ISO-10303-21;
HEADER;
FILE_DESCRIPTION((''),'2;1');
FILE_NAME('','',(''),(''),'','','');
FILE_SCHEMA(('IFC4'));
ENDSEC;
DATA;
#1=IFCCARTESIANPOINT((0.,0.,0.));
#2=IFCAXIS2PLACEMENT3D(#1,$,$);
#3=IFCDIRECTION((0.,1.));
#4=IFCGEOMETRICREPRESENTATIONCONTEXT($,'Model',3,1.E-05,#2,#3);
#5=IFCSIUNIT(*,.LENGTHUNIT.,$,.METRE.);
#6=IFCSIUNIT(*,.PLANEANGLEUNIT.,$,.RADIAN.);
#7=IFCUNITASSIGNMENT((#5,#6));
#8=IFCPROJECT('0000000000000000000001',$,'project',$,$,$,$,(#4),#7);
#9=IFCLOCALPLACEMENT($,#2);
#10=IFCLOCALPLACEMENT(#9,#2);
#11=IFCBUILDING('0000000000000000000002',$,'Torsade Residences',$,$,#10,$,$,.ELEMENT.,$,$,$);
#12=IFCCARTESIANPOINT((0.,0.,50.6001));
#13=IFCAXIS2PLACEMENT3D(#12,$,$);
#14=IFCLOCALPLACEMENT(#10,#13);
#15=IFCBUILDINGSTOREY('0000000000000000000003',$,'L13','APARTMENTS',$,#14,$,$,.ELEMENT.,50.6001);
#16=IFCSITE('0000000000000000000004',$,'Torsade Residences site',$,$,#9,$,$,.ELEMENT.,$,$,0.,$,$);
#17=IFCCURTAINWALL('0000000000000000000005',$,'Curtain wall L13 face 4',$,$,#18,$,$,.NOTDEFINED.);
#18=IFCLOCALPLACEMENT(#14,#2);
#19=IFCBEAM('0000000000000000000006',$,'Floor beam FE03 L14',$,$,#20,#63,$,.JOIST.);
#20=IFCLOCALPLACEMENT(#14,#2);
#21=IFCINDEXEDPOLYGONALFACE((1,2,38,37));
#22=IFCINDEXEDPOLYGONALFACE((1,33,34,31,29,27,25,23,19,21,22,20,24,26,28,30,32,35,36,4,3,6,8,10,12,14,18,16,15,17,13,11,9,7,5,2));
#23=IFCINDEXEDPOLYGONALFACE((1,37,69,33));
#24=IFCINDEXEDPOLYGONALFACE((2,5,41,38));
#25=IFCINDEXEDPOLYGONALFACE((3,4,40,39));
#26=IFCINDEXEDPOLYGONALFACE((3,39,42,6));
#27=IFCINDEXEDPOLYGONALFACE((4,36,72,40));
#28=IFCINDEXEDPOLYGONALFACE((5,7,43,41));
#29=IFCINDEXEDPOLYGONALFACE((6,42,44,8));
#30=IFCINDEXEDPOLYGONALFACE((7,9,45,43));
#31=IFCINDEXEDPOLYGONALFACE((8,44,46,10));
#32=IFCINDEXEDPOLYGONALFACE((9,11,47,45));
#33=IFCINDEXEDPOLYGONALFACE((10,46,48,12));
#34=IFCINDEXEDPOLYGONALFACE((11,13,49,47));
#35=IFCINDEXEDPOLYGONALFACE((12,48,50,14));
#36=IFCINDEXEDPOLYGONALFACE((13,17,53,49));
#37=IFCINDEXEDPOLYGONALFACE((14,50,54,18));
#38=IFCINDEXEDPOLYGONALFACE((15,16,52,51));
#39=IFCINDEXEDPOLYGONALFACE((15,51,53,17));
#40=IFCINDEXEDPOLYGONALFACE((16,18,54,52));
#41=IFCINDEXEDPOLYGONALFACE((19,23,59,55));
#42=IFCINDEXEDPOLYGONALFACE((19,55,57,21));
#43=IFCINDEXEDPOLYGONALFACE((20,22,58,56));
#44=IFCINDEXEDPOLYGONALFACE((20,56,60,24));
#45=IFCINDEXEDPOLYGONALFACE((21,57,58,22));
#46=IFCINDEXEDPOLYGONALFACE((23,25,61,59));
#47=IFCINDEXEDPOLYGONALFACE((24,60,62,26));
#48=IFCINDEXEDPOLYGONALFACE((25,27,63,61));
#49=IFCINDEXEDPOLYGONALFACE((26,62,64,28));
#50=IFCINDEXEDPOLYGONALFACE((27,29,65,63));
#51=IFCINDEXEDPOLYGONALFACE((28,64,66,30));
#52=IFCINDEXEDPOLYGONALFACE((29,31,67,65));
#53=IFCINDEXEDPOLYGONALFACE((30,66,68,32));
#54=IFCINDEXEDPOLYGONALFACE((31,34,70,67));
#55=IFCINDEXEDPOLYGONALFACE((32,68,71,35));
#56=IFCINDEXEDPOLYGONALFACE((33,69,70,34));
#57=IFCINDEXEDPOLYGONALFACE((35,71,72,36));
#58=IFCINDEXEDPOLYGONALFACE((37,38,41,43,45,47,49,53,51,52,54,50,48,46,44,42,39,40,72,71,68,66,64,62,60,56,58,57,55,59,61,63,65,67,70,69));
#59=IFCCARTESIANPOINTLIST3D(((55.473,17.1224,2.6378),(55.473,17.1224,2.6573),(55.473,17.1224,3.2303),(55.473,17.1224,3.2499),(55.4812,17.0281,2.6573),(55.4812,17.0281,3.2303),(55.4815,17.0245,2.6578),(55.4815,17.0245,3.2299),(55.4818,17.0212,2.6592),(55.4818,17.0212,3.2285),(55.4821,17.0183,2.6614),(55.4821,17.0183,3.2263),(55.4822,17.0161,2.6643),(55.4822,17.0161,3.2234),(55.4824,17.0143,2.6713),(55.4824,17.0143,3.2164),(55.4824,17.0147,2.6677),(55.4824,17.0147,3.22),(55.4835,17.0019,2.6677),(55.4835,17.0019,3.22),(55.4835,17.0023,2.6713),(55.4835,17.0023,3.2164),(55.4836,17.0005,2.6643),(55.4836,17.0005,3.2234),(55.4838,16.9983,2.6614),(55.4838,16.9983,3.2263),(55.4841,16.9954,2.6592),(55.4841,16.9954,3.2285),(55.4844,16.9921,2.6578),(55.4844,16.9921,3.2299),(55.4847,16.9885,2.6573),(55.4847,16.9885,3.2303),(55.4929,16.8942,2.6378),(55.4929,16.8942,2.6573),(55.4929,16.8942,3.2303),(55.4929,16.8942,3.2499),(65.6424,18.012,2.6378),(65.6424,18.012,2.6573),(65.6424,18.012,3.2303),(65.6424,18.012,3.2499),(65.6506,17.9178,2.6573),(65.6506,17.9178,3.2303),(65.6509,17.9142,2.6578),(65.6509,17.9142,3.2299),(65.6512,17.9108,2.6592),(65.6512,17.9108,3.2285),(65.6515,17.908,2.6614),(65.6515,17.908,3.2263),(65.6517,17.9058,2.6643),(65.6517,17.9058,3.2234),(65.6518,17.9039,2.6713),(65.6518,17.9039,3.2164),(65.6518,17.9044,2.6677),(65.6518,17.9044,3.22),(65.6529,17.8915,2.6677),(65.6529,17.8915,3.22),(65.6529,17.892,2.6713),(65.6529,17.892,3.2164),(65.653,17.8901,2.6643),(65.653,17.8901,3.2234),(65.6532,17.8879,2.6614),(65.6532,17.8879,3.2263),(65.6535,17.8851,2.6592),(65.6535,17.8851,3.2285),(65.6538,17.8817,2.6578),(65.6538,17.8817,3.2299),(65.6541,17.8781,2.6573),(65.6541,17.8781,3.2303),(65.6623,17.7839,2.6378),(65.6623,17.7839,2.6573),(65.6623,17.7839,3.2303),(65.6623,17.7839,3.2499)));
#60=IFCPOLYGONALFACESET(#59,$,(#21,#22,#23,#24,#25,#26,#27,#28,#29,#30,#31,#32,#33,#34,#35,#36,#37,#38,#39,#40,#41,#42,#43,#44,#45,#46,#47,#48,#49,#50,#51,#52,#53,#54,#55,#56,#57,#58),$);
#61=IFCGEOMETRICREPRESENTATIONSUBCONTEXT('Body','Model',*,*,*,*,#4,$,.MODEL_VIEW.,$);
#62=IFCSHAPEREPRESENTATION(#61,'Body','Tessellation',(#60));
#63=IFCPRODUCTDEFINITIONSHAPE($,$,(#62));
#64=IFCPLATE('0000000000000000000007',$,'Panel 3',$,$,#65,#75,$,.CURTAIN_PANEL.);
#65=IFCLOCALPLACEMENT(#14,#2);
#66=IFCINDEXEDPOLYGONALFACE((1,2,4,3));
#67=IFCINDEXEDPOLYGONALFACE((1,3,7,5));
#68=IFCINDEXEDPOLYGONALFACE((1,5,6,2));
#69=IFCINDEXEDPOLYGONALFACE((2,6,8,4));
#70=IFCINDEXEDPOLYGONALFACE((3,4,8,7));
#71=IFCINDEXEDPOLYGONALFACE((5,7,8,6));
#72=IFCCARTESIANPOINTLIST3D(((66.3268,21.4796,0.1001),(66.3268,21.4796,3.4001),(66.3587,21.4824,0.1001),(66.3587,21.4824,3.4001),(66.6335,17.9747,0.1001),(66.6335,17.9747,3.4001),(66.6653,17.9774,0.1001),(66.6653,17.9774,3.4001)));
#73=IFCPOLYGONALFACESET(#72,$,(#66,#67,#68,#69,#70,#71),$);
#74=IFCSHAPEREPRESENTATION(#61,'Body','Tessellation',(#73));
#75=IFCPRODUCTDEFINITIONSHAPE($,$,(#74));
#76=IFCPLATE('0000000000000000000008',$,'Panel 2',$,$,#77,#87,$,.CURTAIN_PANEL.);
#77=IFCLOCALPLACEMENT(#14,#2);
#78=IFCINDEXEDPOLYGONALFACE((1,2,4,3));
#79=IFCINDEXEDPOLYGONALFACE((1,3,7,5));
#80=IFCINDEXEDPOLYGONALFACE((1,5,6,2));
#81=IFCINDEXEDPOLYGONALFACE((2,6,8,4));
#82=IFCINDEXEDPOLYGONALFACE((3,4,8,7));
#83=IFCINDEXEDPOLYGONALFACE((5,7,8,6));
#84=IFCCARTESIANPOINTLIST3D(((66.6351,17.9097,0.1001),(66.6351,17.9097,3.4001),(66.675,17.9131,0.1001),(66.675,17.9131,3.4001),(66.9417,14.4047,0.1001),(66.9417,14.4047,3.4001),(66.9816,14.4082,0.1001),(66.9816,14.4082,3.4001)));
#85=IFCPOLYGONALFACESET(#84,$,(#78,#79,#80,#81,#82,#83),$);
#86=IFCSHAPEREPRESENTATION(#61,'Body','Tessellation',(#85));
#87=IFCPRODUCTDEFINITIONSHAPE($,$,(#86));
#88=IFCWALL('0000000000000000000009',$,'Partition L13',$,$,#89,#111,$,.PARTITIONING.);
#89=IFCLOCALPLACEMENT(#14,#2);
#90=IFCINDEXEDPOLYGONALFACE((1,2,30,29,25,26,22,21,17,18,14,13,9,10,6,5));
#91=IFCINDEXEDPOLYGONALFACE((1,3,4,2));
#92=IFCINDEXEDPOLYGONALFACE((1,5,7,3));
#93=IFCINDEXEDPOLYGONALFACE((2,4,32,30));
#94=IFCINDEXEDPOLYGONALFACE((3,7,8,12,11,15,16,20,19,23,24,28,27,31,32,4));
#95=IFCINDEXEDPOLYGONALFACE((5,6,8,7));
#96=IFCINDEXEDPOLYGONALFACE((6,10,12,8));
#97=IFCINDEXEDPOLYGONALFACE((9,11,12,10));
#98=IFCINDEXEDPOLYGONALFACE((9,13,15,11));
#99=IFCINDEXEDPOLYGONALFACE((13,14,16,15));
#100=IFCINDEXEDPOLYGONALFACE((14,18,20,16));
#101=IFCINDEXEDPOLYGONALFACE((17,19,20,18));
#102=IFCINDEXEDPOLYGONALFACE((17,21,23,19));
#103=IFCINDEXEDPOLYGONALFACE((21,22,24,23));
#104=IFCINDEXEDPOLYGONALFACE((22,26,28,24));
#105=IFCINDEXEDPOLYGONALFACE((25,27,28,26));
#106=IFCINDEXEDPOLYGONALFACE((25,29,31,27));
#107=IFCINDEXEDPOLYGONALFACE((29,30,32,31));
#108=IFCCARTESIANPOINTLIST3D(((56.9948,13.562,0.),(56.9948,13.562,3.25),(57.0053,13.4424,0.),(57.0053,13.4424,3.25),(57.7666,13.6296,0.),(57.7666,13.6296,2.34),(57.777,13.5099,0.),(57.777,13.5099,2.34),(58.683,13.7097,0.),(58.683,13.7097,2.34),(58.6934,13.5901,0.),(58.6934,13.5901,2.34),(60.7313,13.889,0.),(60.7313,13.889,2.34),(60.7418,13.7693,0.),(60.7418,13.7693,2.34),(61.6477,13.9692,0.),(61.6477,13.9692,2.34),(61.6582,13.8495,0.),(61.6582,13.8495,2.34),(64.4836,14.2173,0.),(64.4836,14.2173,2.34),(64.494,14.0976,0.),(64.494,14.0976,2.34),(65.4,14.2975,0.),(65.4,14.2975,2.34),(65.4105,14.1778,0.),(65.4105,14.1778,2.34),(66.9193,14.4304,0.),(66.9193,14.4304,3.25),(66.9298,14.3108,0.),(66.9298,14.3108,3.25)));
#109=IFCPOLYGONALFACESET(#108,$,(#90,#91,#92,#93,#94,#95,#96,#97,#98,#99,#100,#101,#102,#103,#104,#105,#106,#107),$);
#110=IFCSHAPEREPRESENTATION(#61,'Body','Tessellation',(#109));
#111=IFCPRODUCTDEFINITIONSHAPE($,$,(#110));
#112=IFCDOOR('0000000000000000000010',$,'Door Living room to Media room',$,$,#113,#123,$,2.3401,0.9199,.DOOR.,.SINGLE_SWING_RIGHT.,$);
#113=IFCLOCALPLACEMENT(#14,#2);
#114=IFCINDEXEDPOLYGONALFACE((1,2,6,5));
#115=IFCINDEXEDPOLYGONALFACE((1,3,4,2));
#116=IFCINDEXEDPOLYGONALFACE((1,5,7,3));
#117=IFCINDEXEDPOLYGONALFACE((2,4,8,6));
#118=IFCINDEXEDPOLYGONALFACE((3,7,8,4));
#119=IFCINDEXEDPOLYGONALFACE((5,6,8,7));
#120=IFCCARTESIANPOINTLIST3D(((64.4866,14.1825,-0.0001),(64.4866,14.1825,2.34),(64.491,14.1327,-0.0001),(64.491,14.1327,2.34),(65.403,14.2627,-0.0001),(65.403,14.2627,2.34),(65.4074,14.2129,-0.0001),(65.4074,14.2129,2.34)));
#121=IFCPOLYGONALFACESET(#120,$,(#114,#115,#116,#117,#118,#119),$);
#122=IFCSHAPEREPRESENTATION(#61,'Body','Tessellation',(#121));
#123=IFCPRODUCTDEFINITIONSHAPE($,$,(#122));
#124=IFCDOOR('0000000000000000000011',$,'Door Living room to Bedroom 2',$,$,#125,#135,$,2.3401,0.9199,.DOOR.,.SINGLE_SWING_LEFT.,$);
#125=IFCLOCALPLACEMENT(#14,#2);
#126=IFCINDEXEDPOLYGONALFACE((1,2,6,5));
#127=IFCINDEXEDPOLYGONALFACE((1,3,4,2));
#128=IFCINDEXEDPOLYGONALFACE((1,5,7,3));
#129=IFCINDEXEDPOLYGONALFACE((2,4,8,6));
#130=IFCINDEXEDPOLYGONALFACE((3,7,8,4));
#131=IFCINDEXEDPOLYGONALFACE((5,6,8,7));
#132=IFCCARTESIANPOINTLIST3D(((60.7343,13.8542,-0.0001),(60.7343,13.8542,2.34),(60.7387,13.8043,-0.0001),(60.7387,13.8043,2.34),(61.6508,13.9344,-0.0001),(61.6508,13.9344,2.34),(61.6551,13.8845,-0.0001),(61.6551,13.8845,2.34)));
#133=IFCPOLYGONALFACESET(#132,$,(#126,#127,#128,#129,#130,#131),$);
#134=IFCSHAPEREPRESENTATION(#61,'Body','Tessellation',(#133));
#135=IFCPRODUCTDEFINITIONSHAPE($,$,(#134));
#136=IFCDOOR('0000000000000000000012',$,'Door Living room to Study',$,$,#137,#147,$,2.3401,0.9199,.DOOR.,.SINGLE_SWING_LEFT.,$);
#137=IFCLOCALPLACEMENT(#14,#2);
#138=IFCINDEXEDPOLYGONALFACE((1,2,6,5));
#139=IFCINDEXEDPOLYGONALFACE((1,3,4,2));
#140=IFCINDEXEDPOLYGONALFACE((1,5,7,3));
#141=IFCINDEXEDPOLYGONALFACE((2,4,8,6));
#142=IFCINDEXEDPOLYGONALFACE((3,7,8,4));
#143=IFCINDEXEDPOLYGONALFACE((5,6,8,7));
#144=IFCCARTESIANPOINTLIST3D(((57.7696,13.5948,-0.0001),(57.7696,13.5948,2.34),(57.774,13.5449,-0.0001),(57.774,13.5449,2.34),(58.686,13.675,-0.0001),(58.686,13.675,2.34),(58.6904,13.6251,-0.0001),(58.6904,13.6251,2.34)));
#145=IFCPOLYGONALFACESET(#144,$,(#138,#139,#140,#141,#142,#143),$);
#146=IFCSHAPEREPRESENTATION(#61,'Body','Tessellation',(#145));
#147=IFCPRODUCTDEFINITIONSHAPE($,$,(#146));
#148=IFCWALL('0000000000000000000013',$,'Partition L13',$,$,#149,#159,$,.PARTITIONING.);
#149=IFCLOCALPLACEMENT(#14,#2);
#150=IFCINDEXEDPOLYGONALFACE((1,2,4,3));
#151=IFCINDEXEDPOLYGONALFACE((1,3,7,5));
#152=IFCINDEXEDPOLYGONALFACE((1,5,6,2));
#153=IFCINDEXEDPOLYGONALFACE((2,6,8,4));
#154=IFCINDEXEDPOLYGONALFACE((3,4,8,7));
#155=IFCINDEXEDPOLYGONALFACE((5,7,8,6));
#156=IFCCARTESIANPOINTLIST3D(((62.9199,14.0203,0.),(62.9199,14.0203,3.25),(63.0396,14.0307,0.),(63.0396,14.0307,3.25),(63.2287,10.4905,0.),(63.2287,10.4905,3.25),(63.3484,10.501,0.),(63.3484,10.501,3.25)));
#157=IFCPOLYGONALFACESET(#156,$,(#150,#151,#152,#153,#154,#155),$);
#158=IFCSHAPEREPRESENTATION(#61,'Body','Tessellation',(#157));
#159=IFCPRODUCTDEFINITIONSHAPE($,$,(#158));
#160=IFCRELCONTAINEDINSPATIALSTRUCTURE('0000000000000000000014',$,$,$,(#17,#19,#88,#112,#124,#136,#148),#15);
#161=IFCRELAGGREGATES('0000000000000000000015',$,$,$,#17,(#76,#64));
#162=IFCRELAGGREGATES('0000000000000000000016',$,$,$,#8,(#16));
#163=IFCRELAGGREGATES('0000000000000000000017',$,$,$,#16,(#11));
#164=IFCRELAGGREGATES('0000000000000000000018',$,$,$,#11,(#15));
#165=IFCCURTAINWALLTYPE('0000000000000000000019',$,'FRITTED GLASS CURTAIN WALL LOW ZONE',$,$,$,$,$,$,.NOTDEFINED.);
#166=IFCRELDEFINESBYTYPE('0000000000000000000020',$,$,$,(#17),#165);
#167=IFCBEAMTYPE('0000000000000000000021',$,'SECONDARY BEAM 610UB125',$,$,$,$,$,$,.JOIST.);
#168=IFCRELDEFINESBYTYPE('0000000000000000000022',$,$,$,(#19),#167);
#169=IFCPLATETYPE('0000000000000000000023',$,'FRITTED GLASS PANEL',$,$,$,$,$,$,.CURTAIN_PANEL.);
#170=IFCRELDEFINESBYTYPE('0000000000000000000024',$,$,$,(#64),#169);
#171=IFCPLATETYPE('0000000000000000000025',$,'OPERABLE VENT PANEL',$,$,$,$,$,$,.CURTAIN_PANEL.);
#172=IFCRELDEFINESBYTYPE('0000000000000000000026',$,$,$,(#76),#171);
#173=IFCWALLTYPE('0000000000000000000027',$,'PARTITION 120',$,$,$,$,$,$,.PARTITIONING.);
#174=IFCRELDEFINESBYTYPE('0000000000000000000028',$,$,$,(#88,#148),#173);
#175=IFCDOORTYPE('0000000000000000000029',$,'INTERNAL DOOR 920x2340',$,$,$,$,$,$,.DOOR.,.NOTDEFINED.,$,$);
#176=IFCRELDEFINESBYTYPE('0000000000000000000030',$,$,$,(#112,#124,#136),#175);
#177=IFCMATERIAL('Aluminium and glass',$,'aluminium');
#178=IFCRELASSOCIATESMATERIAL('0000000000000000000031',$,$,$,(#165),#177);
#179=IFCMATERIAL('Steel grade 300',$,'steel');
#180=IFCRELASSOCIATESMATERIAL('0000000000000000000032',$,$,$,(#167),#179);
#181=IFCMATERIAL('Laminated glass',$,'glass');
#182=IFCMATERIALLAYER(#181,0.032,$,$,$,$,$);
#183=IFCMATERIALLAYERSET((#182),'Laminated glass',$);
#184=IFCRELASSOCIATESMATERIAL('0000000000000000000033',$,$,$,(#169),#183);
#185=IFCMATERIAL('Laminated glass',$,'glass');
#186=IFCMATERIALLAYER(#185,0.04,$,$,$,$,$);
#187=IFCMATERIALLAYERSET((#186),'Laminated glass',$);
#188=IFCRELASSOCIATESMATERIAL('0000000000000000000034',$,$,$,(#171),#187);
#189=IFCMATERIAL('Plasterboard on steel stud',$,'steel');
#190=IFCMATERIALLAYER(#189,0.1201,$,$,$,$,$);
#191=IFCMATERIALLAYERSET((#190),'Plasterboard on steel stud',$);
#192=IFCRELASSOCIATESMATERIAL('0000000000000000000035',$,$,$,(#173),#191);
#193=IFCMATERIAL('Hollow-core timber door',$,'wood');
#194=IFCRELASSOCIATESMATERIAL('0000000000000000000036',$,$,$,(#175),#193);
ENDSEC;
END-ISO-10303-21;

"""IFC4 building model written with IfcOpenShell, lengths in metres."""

from ifc_helpers import new_model, si_unit, direction, frame, frame_2d, origin, origin_2d, place, context, subcontext, project, spatial, rectangle, i_section, extrude, material, layer, layer_set, material_profile, profile_set, type_object, element, fill, aggregate, save


model = new_model("IFC4")

# Units and contexts
model_context = context("Model", 3, precision=1e-05, world=origin(), true_north=direction((0.0, 1.0)))
body_context = subcontext(model_context, "Body", "Model", "MODEL_VIEW")
ifc_project = project(units=[si_unit("LENGTHUNIT", "METRE"), si_unit("PLANEANGLEUNIT", "RADIAN")], contexts=[model_context])

# Site, building, storey
site_placement = place(None, origin())
site = spatial("IfcSite", under=ifc_project, at=site_placement, Name="Torsade Residences site", CompositionType="ELEMENT", RefElevation=0.0)
building_placement = place(site_placement, origin())
building = spatial("IfcBuilding", under=site, at=building_placement, Name="Torsade Residences", CompositionType="ELEMENT")
storey_placement = place(building_placement, frame((0.0, 0.0, 50.6001)))
storey = spatial("IfcBuildingStorey", under=building, at=storey_placement, Name="L13", Description="APARTMENTS", CompositionType="ELEMENT", Elevation=50.6001)

# Curtain wall
ifc_material_1 = material(Name="Aluminium and glass", Category="aluminium")
curtain_wall_type = type_object("IfcCurtainWallType", Name="FRITTED GLASS CURTAIN WALL LOW ZONE", PredefinedType="NOTDEFINED", material=ifc_material_1)
curtain_wall_placement = place(storey_placement, origin())
curtain_wall = element("IfcCurtainWall", 1, at=curtain_wall_placement, inside=storey, type_object=curtain_wall_type, Name="Curtain wall L13 face 4", PredefinedType="NOTDEFINED")

# Beam
ifc_material_2 = material(Name="Steel grade 300", Category="steel")
ifc_material_profile_1 = material_profile(ifc_material_2, i_section(OverallWidth=0.229, OverallDepth=0.6121, WebThickness=0.012, FlangeThickness=0.0195, FilletRadius=0.0139, at=origin_2d()), Name="610UB125")
ifc_profile_set_1 = profile_set([ifc_material_profile_1], Name="Steel grade 300")
beam_type_1 = type_object("IfcBeamType", Name="SECONDARY BEAM 610UB125", PredefinedType="JOIST", material=ifc_profile_set_1)
beam_1_placement = place(storey_placement, frame((65.6523, 17.8979, 2.9438), z_axis=(-0.996195, -0.08715, 0.0), x_axis=(0.08715, -0.996195, 0.0)))
element("IfcBeam", 2, at=beam_1_placement, inside=storey, type_object=beam_type_1, Name="Floor beam FE03 L14", PredefinedType="JOIST", context=body_context, shape_type="SweptSolid", body=[
    extrude(i_section(OverallWidth=0.229, OverallDepth=0.6121, WebThickness=0.012, FlangeThickness=0.0195, FilletRadius=0.0139, at=origin_2d()), origin(), (0.0, 0.0, 1.0), 10.2083),
])

# Plates
ifc_material_3 = material(Name="Laminated glass", Category="glass")
ifc_layer_1 = layer(ifc_material_3, 0.032)
ifc_layer_set_1 = layer_set([ifc_layer_1], Name="Laminated glass")
plate_type_1 = type_object("IfcPlateType", Name="FRITTED GLASS PANEL", PredefinedType="CURTAIN_PANEL", material=ifc_layer_set_1)
plate_1_placement = place(storey_placement, frame((66.4961, 19.7285, 0.1001), z_axis=(0.0, 0.0, 1.0), x_axis=(-0.087156, 0.996195, 0.0)))
plate_1 = element("IfcPlate", 3, at=plate_1_placement, type_object=plate_type_1, Name="Panel 3", PredefinedType="CURTAIN_PANEL", context=body_context, shape_type="SweptSolid", body=[
    extrude(rectangle(XDim=3.5183, YDim=0.032, at=origin_2d()), origin(), (0.0, 0.0, 1.0), 3.3),
])
ifc_material_4 = material(Name="Laminated glass", Category="glass")
ifc_layer_2 = layer(ifc_material_4, 0.04)
ifc_layer_set_2 = layer_set([ifc_layer_2], Name="Laminated glass")
plate_type_2 = type_object("IfcPlateType", Name="OPERABLE VENT PANEL", PredefinedType="CURTAIN_PANEL", material=ifc_layer_set_2)
plate_2_placement = place(storey_placement, frame((66.8083, 16.1589, 0.1001), z_axis=(0.0, 0.0, 1.0), x_axis=(-0.087156, 0.996195, 0.0)))
plate_2 = element("IfcPlate", 4, at=plate_2_placement, type_object=plate_type_2, Name="Panel 2", PredefinedType="CURTAIN_PANEL", context=body_context, shape_type="SweptSolid", body=[
    extrude(rectangle(XDim=3.5183, YDim=0.04, at=origin_2d()), origin(), (0.0, 0.0, 1.0), 3.3),
])
aggregate(curtain_wall, [plate_2, plate_1])

# Wall, openings, doors
ifc_material_5 = material(Name="Plasterboard on steel stud", Category="steel")
ifc_layer_3 = layer(ifc_material_5, 0.1201)
ifc_layer_set_3 = layer_set([ifc_layer_3], Name="Plasterboard on steel stud")
wall_type = type_object("IfcWallType", Name="PARTITION 120", PredefinedType="PARTITIONING", material=ifc_layer_set_3)
wall_1_placement = place(storey_placement, frame((66.9246, 14.3706, 0.0), z_axis=(0.0, 0.0, 1.0), x_axis=(-0.996194, -0.087168, 0.0)))
wall_1 = element("IfcWall", 5, at=wall_1_placement, inside=storey, type_object=wall_type, Name="Partition L13", PredefinedType="PARTITIONING", context=body_context, shape_type="SweptSolid", body=[
    extrude(rectangle(XDim=9.9624, YDim=0.1201, at=frame_2d((4.9812, 0.0))), origin(), (0.0, 0.0, 1.0), 3.25),
])
opening_1_placement = place(wall_1_placement, frame((1.5251, 0.0, 0.0)))
opening_1 = element("IfcOpeningElement", 6, at=opening_1_placement, cuts=wall_1, PredefinedType="OPENING", context=body_context, shape_type="SweptSolid", body=[
    extrude(rectangle(XDim=0.9199, YDim=2.3401, at=frame_2d((0.46, 1.1699))), frame((0.0, 0.0701, 0.0), z_axis=(0.0, -1.0, 0.0), x_axis=(1.0, 0.0, 0.0)), (0.0, 0.0, 1.0), 0.1401),
])
opening_2_placement = place(wall_1_placement, frame((5.2917, 0.0, 0.0)))
opening_2 = element("IfcOpeningElement", 7, at=opening_2_placement, cuts=wall_1, PredefinedType="OPENING", context=body_context, shape_type="SweptSolid", body=[
    extrude(rectangle(XDim=0.9199, YDim=2.3401, at=frame_2d((0.46, 1.1699))), frame((0.0, 0.0701, 0.0), z_axis=(0.0, -1.0, 0.0), x_axis=(1.0, 0.0, 0.0)), (0.0, 0.0, 1.0), 0.1401),
])
opening_3_placement = place(wall_1_placement, frame((8.2678, 0.0, 0.0)))
opening_3 = element("IfcOpeningElement", 8, at=opening_3_placement, cuts=wall_1, PredefinedType="OPENING", context=body_context, shape_type="SweptSolid", body=[
    extrude(rectangle(XDim=0.9199, YDim=2.3401, at=frame_2d((0.46, 1.1699))), frame((0.0, 0.0701, 0.0), z_axis=(0.0, -1.0, 0.0), x_axis=(1.0, 0.0, 0.0)), (0.0, 0.0, 1.0), 0.1401),
])
ifc_material_6 = material(Name="Hollow-core timber door", Category="wood")
door_type = type_object("IfcDoorType", Name="INTERNAL DOOR 920x2340", OperationType="NOTDEFINED", PredefinedType="DOOR", material=ifc_material_6)
door_1_placement = place(opening_1_placement, origin())
door_1 = element("IfcDoor", 9, at=door_1_placement, inside=storey, type_object=door_type, Name="Door Living room to Media room", OperationType="SINGLE_SWING_RIGHT", OverallHeight=2.3401, OverallWidth=0.9199, PredefinedType="DOOR", context=body_context, shape_type="SweptSolid", body=[
    extrude(rectangle(XDim=0.9199, YDim=2.3401, at=frame_2d((0.46, 1.1699))), frame((0.0, 0.0249, 0.0), z_axis=(0.0, -1.0, 0.0), x_axis=(1.0, 0.0, 0.0)), (0.0, 0.0, 1.0), 0.05),
])
fill(opening_1, door_1)
door_2_placement = place(opening_2_placement, origin())
door_2 = element("IfcDoor", 10, at=door_2_placement, inside=storey, type_object=door_type, Name="Door Living room to Bedroom 2", OperationType="SINGLE_SWING_LEFT", OverallHeight=2.3401, OverallWidth=0.9199, PredefinedType="DOOR", context=body_context, shape_type="SweptSolid", body=[
    extrude(rectangle(XDim=0.9199, YDim=2.3401, at=frame_2d((0.46, 1.1699))), frame((0.0, 0.0249, 0.0), z_axis=(0.0, -1.0, 0.0), x_axis=(1.0, 0.0, 0.0)), (0.0, 0.0, 1.0), 0.05),
])
fill(opening_2, door_2)
door_3_placement = place(opening_3_placement, origin())
door_3 = element("IfcDoor", 11, at=door_3_placement, inside=storey, type_object=door_type, Name="Door Living room to Study", OperationType="SINGLE_SWING_LEFT", OverallHeight=2.3401, OverallWidth=0.9199, PredefinedType="DOOR", context=body_context, shape_type="SweptSolid", body=[
    extrude(rectangle(XDim=0.9199, YDim=2.3401, at=frame_2d((0.46, 1.1699))), frame((0.0, 0.0249, 0.0), z_axis=(0.0, -1.0, 0.0), x_axis=(1.0, 0.0, 0.0)), (0.0, 0.0, 1.0), 0.05),
])
fill(opening_3, door_3)

# Wall
wall_2_placement = place(storey_placement, frame((62.9797, 14.0254, 0.0), z_axis=(0.0, 0.0, 1.0), x_axis=(0.087162, -0.996194, 0.0)))
element("IfcWall", 12, at=wall_2_placement, inside=storey, type_object=wall_type, Name="Partition L13", PredefinedType="PARTITIONING", context=body_context, shape_type="SweptSolid", body=[
    extrude(rectangle(XDim=3.5432, YDim=0.1201, at=frame_2d((1.7715, 0.0))), origin(), (0.0, 0.0, 1.0), 3.25),
])

save(model, "model.ifc")
